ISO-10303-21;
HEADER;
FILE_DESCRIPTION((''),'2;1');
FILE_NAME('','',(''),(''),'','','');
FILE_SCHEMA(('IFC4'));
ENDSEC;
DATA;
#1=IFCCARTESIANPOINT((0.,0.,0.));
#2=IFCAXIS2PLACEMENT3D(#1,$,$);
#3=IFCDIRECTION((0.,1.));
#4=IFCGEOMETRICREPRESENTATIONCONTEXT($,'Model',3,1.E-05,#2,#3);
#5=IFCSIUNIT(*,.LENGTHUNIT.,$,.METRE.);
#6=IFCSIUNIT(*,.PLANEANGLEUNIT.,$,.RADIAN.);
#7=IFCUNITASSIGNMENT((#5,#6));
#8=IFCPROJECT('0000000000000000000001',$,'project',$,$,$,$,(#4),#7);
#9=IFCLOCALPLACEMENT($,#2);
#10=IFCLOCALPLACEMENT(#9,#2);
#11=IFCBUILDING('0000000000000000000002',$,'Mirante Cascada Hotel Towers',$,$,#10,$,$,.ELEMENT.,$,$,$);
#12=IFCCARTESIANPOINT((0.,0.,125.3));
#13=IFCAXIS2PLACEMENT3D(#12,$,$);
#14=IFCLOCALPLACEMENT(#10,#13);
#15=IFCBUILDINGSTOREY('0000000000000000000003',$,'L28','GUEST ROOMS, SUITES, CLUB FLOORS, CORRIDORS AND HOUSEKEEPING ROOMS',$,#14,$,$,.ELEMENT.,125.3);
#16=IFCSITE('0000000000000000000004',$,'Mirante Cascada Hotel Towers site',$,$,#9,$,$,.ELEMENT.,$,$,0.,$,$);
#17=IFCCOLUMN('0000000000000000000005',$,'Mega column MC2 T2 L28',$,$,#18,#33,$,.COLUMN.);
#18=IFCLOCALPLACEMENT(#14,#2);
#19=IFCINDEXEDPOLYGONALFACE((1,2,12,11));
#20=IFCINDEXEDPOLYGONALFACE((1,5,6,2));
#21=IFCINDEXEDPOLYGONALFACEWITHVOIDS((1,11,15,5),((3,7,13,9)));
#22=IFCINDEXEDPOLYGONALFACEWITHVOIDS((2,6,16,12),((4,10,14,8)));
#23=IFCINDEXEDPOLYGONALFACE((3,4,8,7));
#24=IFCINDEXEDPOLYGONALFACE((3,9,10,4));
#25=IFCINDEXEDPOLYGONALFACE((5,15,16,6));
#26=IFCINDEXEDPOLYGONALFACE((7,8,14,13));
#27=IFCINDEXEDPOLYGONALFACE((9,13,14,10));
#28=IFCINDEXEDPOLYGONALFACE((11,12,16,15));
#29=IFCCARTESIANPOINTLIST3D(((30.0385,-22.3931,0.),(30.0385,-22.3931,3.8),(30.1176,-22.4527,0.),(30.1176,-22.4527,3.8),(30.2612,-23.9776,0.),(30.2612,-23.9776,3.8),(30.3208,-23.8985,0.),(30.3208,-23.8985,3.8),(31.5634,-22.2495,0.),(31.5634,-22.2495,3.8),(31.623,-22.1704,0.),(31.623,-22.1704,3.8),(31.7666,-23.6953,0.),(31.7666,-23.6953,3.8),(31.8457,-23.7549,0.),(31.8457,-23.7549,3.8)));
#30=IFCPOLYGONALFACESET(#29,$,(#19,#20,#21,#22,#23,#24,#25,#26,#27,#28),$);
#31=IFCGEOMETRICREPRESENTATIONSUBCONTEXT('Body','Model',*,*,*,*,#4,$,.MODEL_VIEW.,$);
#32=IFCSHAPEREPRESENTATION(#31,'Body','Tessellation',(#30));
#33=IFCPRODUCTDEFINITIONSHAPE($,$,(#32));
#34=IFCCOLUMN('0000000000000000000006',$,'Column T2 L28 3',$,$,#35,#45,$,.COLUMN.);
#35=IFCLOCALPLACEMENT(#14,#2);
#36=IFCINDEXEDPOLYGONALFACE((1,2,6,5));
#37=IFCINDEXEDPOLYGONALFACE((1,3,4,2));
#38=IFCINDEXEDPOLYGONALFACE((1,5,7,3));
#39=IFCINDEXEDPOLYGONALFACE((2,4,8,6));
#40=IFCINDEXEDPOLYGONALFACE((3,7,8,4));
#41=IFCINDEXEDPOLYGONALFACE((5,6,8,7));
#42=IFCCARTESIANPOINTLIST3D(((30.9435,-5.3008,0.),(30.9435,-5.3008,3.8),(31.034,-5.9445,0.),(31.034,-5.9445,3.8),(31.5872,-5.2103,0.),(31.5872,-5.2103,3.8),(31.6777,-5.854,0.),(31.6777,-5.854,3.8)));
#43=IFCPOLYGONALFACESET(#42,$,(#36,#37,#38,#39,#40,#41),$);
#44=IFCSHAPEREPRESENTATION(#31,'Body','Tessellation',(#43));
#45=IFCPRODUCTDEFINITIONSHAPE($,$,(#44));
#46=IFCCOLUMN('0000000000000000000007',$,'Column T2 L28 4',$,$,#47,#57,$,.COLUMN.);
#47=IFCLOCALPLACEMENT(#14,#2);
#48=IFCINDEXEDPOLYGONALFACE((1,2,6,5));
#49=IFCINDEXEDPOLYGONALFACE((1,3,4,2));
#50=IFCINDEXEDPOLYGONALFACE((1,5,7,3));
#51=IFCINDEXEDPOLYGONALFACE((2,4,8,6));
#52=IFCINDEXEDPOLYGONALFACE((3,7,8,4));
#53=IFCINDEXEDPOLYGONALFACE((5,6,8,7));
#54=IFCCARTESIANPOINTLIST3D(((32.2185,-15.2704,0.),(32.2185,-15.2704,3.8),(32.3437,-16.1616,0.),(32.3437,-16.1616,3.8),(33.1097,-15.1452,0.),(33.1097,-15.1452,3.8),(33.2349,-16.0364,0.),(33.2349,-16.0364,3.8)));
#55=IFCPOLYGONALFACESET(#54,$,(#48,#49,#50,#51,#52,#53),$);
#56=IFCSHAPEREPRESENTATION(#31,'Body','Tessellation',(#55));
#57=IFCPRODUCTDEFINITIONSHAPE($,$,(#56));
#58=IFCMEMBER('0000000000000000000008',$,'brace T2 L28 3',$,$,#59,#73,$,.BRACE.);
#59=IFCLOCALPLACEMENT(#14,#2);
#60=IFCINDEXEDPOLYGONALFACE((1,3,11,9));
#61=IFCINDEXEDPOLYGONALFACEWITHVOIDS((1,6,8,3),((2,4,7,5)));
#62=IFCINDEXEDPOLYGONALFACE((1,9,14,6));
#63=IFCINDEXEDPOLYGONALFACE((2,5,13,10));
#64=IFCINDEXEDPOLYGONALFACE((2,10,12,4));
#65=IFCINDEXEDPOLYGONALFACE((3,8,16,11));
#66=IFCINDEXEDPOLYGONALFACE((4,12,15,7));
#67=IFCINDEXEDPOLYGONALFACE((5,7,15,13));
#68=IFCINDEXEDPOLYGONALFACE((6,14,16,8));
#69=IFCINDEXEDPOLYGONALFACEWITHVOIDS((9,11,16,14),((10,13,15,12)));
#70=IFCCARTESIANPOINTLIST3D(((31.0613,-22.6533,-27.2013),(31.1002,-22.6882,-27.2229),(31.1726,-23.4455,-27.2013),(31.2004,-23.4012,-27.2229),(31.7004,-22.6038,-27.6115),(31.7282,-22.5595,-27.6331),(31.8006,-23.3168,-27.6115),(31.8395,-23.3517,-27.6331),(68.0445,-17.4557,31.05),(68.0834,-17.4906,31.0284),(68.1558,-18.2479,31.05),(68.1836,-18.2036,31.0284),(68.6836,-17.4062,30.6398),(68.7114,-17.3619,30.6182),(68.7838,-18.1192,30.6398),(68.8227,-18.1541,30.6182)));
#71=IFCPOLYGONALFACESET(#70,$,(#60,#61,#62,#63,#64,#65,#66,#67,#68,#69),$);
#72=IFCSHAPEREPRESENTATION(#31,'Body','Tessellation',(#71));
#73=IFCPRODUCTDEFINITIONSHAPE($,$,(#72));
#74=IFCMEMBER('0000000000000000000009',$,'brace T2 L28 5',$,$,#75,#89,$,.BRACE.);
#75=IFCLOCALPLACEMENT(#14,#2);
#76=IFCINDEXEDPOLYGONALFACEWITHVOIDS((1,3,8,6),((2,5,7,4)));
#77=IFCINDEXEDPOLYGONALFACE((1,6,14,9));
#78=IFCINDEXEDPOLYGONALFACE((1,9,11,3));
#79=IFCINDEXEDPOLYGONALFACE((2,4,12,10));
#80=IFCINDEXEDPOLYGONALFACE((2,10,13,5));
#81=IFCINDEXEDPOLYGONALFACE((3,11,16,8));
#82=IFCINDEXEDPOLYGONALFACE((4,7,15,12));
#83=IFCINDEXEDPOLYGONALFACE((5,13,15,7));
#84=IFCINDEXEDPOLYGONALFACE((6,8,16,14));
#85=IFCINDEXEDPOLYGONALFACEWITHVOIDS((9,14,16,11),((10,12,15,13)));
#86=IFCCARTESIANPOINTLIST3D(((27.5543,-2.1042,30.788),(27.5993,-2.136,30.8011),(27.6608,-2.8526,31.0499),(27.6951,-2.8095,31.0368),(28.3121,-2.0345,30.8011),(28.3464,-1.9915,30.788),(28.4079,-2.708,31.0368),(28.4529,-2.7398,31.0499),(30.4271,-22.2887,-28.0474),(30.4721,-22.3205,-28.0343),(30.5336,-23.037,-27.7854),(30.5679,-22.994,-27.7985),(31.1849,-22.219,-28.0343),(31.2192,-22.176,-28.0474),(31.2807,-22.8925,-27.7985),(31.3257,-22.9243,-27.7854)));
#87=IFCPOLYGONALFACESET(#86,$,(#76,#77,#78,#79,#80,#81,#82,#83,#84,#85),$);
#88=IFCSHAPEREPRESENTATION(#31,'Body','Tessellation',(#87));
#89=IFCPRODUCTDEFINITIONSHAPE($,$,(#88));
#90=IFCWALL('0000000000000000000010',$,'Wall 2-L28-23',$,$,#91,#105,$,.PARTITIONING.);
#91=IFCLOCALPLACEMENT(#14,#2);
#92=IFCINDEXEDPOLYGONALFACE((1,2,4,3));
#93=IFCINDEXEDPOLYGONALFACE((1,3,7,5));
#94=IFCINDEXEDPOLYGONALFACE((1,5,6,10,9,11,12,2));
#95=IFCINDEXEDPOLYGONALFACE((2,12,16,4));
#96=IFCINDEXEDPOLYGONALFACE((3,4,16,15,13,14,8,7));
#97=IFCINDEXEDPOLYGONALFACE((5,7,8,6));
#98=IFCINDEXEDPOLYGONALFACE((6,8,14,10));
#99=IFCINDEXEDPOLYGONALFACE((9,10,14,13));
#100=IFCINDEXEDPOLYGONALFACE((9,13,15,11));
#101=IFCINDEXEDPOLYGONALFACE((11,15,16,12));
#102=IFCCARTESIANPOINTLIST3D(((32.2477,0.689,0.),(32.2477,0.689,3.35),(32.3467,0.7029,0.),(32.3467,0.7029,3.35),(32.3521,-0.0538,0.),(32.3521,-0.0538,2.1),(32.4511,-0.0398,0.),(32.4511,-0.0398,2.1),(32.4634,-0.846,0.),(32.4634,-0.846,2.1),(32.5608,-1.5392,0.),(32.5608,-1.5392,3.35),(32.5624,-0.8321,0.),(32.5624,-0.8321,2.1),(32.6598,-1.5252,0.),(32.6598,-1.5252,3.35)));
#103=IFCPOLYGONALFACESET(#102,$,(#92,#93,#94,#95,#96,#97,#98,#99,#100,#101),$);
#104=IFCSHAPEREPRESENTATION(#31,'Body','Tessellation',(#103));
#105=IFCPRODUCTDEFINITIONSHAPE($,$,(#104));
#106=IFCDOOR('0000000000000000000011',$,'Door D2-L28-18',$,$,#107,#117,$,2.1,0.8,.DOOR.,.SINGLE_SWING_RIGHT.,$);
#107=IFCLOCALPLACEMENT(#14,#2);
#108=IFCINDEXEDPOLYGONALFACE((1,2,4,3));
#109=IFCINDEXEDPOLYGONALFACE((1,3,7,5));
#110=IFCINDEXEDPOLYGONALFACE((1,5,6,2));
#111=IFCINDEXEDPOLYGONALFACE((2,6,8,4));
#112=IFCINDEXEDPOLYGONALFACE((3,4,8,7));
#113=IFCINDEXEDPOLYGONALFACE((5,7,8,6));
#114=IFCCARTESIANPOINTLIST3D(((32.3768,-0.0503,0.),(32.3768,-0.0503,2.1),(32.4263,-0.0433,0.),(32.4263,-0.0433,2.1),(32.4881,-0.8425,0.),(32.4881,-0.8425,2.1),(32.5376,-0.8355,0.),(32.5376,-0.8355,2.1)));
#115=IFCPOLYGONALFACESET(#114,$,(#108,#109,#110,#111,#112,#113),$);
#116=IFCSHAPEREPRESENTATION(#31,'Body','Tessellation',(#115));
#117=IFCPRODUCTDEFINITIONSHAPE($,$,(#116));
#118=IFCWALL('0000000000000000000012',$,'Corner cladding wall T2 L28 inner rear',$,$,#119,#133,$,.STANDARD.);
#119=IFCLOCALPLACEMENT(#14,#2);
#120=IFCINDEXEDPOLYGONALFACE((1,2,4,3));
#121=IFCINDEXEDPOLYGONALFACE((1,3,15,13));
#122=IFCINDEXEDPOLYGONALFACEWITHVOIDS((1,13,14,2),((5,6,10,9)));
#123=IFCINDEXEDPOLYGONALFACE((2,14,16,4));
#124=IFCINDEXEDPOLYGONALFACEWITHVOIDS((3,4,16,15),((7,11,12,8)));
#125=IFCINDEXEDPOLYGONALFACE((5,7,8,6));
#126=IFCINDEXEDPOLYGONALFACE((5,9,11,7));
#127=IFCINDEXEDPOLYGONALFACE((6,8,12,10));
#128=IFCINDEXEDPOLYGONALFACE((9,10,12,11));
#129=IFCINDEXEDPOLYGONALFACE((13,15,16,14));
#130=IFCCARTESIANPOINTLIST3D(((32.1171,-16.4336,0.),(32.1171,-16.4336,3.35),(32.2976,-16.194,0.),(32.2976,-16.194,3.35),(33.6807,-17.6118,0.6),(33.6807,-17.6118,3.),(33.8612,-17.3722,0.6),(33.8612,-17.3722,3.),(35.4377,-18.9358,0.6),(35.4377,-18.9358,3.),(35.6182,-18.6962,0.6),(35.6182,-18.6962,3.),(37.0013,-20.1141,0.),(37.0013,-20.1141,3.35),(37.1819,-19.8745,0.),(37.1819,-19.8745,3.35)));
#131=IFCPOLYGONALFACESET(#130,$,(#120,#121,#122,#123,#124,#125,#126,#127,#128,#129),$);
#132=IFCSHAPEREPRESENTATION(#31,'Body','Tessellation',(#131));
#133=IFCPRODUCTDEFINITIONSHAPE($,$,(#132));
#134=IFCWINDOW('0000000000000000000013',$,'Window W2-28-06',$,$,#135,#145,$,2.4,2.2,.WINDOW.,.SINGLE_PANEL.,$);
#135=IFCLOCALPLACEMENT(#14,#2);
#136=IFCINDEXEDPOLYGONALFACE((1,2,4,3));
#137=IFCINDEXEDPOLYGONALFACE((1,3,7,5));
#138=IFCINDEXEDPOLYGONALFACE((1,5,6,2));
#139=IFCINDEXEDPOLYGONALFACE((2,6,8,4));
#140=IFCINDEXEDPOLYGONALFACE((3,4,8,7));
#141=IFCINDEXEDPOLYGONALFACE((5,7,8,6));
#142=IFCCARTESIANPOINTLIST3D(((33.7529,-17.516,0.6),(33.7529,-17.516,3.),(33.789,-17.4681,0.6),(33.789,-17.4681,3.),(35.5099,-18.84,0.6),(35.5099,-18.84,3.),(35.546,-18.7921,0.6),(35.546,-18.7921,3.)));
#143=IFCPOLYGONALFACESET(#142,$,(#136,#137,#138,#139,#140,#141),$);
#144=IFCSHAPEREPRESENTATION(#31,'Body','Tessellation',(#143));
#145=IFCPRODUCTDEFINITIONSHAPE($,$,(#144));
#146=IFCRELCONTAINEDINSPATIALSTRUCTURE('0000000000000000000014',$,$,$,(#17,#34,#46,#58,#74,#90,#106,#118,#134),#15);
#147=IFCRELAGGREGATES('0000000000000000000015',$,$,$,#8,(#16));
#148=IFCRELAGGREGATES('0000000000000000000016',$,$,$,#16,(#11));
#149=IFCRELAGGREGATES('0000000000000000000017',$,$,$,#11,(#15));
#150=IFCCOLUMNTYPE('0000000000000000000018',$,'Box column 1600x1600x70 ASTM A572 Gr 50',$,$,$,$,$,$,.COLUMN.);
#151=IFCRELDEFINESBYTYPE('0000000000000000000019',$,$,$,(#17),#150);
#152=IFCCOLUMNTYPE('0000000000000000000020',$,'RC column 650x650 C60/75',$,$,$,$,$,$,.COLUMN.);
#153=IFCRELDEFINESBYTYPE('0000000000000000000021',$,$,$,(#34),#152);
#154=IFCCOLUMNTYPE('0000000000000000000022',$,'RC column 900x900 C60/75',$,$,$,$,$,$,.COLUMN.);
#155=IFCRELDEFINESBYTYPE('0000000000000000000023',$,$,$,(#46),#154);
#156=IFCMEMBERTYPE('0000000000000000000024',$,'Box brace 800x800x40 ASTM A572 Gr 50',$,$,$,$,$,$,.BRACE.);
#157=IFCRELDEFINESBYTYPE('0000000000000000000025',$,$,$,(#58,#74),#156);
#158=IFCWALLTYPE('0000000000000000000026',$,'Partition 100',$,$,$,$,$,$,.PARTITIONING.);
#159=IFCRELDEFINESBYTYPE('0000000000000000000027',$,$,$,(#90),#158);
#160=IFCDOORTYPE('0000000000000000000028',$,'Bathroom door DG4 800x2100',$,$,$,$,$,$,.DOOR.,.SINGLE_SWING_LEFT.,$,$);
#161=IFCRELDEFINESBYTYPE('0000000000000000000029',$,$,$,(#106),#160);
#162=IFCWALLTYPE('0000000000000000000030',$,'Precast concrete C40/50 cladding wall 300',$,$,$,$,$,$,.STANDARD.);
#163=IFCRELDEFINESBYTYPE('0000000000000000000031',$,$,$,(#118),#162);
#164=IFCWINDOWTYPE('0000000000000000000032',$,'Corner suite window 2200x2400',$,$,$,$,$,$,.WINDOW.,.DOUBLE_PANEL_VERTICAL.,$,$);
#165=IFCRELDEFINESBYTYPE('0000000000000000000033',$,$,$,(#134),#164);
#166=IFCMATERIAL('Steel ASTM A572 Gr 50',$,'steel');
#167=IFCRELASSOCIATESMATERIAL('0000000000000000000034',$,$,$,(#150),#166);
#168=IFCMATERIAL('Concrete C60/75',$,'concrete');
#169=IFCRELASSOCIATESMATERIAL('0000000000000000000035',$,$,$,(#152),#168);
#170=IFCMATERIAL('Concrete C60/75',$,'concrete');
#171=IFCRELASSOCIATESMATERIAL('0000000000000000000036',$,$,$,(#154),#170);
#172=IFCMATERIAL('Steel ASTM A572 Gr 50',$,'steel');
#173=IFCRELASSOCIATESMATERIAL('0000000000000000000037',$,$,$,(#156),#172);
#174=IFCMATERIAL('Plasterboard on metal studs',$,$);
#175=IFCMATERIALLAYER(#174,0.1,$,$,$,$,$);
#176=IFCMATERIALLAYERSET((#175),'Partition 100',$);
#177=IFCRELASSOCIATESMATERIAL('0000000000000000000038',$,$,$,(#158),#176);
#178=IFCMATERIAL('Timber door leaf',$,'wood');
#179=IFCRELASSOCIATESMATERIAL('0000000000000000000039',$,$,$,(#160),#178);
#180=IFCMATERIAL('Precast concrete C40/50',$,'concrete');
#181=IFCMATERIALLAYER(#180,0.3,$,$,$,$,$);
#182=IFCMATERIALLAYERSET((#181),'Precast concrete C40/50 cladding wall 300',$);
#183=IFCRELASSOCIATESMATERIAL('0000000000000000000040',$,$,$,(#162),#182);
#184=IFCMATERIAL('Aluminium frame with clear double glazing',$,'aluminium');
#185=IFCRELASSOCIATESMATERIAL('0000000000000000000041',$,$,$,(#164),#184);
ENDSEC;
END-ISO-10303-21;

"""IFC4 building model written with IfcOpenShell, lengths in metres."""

from ifc_helpers import new_model, si_unit, direction, frame, frame_2d, origin, origin_2d, place, context, subcontext, project, spatial, rectangle, hollow_rectangle, extrude, material, layer, layer_set, material_profile, profile_set, type_object, element, fill, save


model = new_model("IFC4")

# Units and contexts
model_context = context("Model", 3, precision=1e-05, world=origin(), true_north=direction((0.0, 1.0)))
body_context = subcontext(model_context, "Body", "Model", "MODEL_VIEW")
ifc_project = project(units=[si_unit("LENGTHUNIT", "METRE"), si_unit("PLANEANGLEUNIT", "RADIAN")], contexts=[model_context])

# Site, building, storey
site_placement = place(None, origin())
site = spatial("IfcSite", under=ifc_project, at=site_placement, Name="Mirante Cascada Hotel Towers site", CompositionType="ELEMENT", RefElevation=0.0)
building_placement = place(site_placement, origin())
building = spatial("IfcBuilding", under=site, at=building_placement, Name="Mirante Cascada Hotel Towers", CompositionType="ELEMENT")
storey_placement = place(building_placement, frame((0.0, 0.0, 125.3)))
storey = spatial("IfcBuildingStorey", under=building, at=storey_placement, Name="L28", Description="GUEST ROOMS, SUITES, CLUB FLOORS, CORRIDORS AND HOUSEKEEPING ROOMS", CompositionType="ELEMENT", Elevation=125.3)

# Columns
ifc_material_1 = material(Name="Steel ASTM A572 Gr 50", Category="steel")
ifc_material_profile_1 = material_profile(ifc_material_1, hollow_rectangle(XDim=1.6, YDim=1.6, WallThickness=0.07, at=origin_2d()), Name="Box column 1600x1600x70 ASTM A572 Gr 50")
ifc_profile_set_1 = profile_set([ifc_material_profile_1], Name="Steel ASTM A572 Gr 50")
column_type_1 = type_object("IfcColumnType", Name="Box column 1600x1600x70 ASTM A572 Gr 50", PredefinedType="COLUMN", material=ifc_profile_set_1)
column_1_placement = place(storey_placement, frame((30.9421, -23.074, 0.0), z_axis=(0.0, 0.0, 1.0), x_axis=(0.990268, 0.139173, 0.0)))
element("IfcColumn", 1, at=column_1_placement, inside=storey, type_object=column_type_1, Name="Mega column MC2 T2 L28", PredefinedType="COLUMN", context=body_context, shape_type="SweptSolid", body=[
    extrude(hollow_rectangle(XDim=1.6, YDim=1.6, WallThickness=0.07, at=origin_2d()), origin(), (0.0, 0.0, 1.0), 3.8),
])
ifc_material_2 = material(Name="Concrete C60/75", Category="concrete")
ifc_material_profile_2 = material_profile(ifc_material_2, rectangle(XDim=0.65, YDim=0.65, at=origin_2d()), Name="RC column 650x650 C60/75")
ifc_profile_set_2 = profile_set([ifc_material_profile_2], Name="Concrete C60/75")
column_type_2 = type_object("IfcColumnType", Name="RC column 650x650 C60/75", PredefinedType="COLUMN", material=ifc_profile_set_2)
column_2_placement = place(storey_placement, frame((31.3106, -5.5774, 0.0), z_axis=(0.0, 0.0, 1.0), x_axis=(0.990268, 0.139173, 0.0)))
element("IfcColumn", 2, at=column_2_placement, inside=storey, type_object=column_type_2, Name="Column T2 L28 3", PredefinedType="COLUMN", context=body_context, shape_type="SweptSolid", body=[
    extrude(rectangle(XDim=0.65, YDim=0.65, at=origin_2d()), origin(), (0.0, 0.0, 1.0), 3.8),
])
ifc_material_3 = material(Name="Concrete C60/75", Category="concrete")
ifc_material_profile_3 = material_profile(ifc_material_3, rectangle(XDim=0.9, YDim=0.9, at=origin_2d()), Name="RC column 900x900 C60/75")
ifc_profile_set_3 = profile_set([ifc_material_profile_3], Name="Concrete C60/75")
column_type_3 = type_object("IfcColumnType", Name="RC column 900x900 C60/75", PredefinedType="COLUMN", material=ifc_profile_set_3)
column_3_placement = place(storey_placement, frame((32.7267, -15.6534, 0.0), z_axis=(0.0, 0.0, 1.0), x_axis=(0.990268, 0.139173, 0.0)))
element("IfcColumn", 3, at=column_3_placement, inside=storey, type_object=column_type_3, Name="Column T2 L28 4", PredefinedType="COLUMN", context=body_context, shape_type="SweptSolid", body=[
    extrude(rectangle(XDim=0.9, YDim=0.9, at=origin_2d()), origin(), (0.0, 0.0, 1.0), 3.8),
])

# Members
ifc_material_4 = material(Name="Steel ASTM A572 Gr 50", Category="steel")
ifc_material_profile_4 = material_profile(ifc_material_4, hollow_rectangle(XDim=0.8, YDim=0.8, WallThickness=0.04, at=origin_2d()), Name="Box brace 800x800x40 ASTM A572 Gr 50")
ifc_profile_set_4 = profile_set([ifc_material_profile_4], Name="Steel ASTM A572 Gr 50")
member_type = type_object("IfcMemberType", Name="Box brace 800x800x40 ASTM A572 Gr 50", PredefinedType="BRACE", material=ifc_profile_set_4)
member_1_placement = place(storey_placement, frame((31.4504, -23.0025, -27.4172), z_axis=(0.534476, 0.075115, 0.841839), x_axis=(-0.139172, 0.990268, 0.0)))
element("IfcMember", 4, at=member_1_placement, inside=storey, type_object=member_type, Name="brace T2 L28 3", PredefinedType="BRACE", context=body_context, shape_type="SweptSolid", body=[
    extrude(hollow_rectangle(XDim=0.8, YDim=0.8, WallThickness=0.04, at=origin_2d()), origin(), (0.0, 0.0, 1.0), 69.1953),
])
member_2_placement = place(storey_placement, frame((30.8764, -22.6065, -27.9164), z_axis=(-0.046136, 0.324157, 0.944878), x_axis=(-0.990023, -0.140907, 0.0)))
element("IfcMember", 5, at=member_2_placement, inside=storey, type_object=member_type, Name="brace T2 L28 5", PredefinedType="BRACE", context=body_context, shape_type="SweptSolid", body=[
    extrude(hollow_rectangle(XDim=0.8, YDim=0.8, WallThickness=0.04, at=origin_2d()), origin(), (0.0, 0.0, 1.0), 62.2677),
])

# Wall, opening, door
ifc_material_5 = material(Name="Plasterboard on metal studs")
ifc_layer_1 = layer(ifc_material_5, 0.1)
ifc_layer_set_1 = layer_set([ifc_layer_1], Name="Partition 100")
wall_type_1 = type_object("IfcWallType", Name="Partition 100", PredefinedType="PARTITIONING", material=ifc_layer_set_1)
wall_1_placement = place(storey_placement, frame((32.6103, -1.5322, 0.0), z_axis=(0.0, 0.0, 1.0), x_axis=(-0.139156, 0.990271, 0.0)))
wall_1 = element("IfcWall", 6, at=wall_1_placement, inside=storey, type_object=wall_type_1, Name="Wall 2-L28-23", PredefinedType="PARTITIONING", context=body_context, shape_type="SweptSolid", body=[
    extrude(rectangle(XDim=2.25, YDim=0.1, at=frame_2d((1.125, 0.0))), origin(), (0.0, 0.0, 1.0), 3.35),
])
opening_1_placement = place(wall_1_placement, frame((0.7, 0.0, 0.0)))
opening_1 = element("IfcOpeningElement", 7, at=opening_1_placement, cuts=wall_1, PredefinedType="OPENING", context=body_context, shape_type="SweptSolid", body=[
    extrude(rectangle(XDim=0.8, YDim=2.1, at=frame_2d((0.4, 1.05))), frame((0.0, 0.05, 0.0), z_axis=(0.0, -1.0, 0.0), x_axis=(1.0, 0.0, 0.0)), (0.0, 0.0, 1.0), 0.1),
])
ifc_material_6 = material(Name="Timber door leaf", Category="wood")
door_type = type_object("IfcDoorType", Name="Bathroom door DG4 800x2100", OperationType="SINGLE_SWING_LEFT", PredefinedType="DOOR", material=ifc_material_6)
door_placement = place(opening_1_placement, frame((0.8, 0.0, 0.0), z_axis=(0.0, 0.0, 1.0), x_axis=(-1.0, 0.0, 0.0)))
door = element("IfcDoor", 8, at=door_placement, inside=storey, type_object=door_type, Name="Door D2-L28-18", OperationType="SINGLE_SWING_RIGHT", OverallHeight=2.1, OverallWidth=0.8, PredefinedType="DOOR", context=body_context, shape_type="SweptSolid", body=[
    extrude(rectangle(XDim=0.8, YDim=2.1, at=frame_2d((0.4, 1.05))), frame((0.0, 0.025, 0.0), z_axis=(0.0, -1.0, 0.0), x_axis=(1.0, 0.0, 0.0)), (0.0, 0.0, 1.0), 0.05),
])
fill(opening_1, door)

# Wall, opening, window
ifc_material_7 = material(Name="Precast concrete C40/50", Category="concrete")
ifc_layer_2 = layer(ifc_material_7, 0.3)
ifc_layer_set_2 = layer_set([ifc_layer_2], Name="Precast concrete C40/50 cladding wall 300")
wall_type_2 = type_object("IfcWallType", Name="Precast concrete C40/50 cladding wall 300", PredefinedType="STANDARD", material=ifc_layer_set_2)
wall_2_placement = place(storey_placement, frame((32.2074, -16.3138, 0.0), z_axis=(0.0, 0.0, 1.0), x_axis=(0.798636, -0.601814, 0.0)))
wall_2 = element("IfcWall", 9, at=wall_2_placement, inside=storey, type_object=wall_type_2, Name="Corner cladding wall T2 L28 inner rear", PredefinedType="STANDARD", context=body_context, shape_type="SweptSolid", body=[
    extrude(rectangle(XDim=6.1157, YDim=0.3, at=frame_2d((3.0578, 0.0))), origin(), (0.0, 0.0, 1.0), 3.35),
])
opening_2_placement = place(wall_2_placement, frame((1.9578, 0.0, 0.6)))
opening_2 = element("IfcOpeningElement", 10, at=opening_2_placement, cuts=wall_2, PredefinedType="OPENING", context=body_context, shape_type="SweptSolid", body=[
    extrude(rectangle(XDim=2.2, YDim=2.4, at=frame_2d((1.1, 1.2))), frame((0.0, 0.15, 0.0), z_axis=(0.0, -1.0, 0.0), x_axis=(1.0, 0.0, 0.0)), (0.0, 0.0, 1.0), 0.3),
])
ifc_material_8 = material(Name="Aluminium frame with clear double glazing", Category="aluminium")
window_type = type_object("IfcWindowType", Name="Corner suite window 2200x2400", PartitioningType="DOUBLE_PANEL_VERTICAL", PredefinedType="WINDOW", material=ifc_material_8)
window_placement = place(opening_2_placement, origin())
window = element("IfcWindow", 11, at=window_placement, inside=storey, type_object=window_type, Name="Window W2-28-06", OverallHeight=2.4, OverallWidth=2.2, PartitioningType="SINGLE_PANEL", PredefinedType="WINDOW", context=body_context, shape_type="SweptSolid", body=[
    extrude(rectangle(XDim=2.2, YDim=2.4, at=frame_2d((1.1, 1.2))), frame((0.0, 0.03, 0.0), z_axis=(0.0, -1.0, 0.0), x_axis=(1.0, 0.0, 0.0)), (0.0, 0.0, 1.0), 0.06),
])
fill(opening_2, window)

save(model, "model.ifc")
